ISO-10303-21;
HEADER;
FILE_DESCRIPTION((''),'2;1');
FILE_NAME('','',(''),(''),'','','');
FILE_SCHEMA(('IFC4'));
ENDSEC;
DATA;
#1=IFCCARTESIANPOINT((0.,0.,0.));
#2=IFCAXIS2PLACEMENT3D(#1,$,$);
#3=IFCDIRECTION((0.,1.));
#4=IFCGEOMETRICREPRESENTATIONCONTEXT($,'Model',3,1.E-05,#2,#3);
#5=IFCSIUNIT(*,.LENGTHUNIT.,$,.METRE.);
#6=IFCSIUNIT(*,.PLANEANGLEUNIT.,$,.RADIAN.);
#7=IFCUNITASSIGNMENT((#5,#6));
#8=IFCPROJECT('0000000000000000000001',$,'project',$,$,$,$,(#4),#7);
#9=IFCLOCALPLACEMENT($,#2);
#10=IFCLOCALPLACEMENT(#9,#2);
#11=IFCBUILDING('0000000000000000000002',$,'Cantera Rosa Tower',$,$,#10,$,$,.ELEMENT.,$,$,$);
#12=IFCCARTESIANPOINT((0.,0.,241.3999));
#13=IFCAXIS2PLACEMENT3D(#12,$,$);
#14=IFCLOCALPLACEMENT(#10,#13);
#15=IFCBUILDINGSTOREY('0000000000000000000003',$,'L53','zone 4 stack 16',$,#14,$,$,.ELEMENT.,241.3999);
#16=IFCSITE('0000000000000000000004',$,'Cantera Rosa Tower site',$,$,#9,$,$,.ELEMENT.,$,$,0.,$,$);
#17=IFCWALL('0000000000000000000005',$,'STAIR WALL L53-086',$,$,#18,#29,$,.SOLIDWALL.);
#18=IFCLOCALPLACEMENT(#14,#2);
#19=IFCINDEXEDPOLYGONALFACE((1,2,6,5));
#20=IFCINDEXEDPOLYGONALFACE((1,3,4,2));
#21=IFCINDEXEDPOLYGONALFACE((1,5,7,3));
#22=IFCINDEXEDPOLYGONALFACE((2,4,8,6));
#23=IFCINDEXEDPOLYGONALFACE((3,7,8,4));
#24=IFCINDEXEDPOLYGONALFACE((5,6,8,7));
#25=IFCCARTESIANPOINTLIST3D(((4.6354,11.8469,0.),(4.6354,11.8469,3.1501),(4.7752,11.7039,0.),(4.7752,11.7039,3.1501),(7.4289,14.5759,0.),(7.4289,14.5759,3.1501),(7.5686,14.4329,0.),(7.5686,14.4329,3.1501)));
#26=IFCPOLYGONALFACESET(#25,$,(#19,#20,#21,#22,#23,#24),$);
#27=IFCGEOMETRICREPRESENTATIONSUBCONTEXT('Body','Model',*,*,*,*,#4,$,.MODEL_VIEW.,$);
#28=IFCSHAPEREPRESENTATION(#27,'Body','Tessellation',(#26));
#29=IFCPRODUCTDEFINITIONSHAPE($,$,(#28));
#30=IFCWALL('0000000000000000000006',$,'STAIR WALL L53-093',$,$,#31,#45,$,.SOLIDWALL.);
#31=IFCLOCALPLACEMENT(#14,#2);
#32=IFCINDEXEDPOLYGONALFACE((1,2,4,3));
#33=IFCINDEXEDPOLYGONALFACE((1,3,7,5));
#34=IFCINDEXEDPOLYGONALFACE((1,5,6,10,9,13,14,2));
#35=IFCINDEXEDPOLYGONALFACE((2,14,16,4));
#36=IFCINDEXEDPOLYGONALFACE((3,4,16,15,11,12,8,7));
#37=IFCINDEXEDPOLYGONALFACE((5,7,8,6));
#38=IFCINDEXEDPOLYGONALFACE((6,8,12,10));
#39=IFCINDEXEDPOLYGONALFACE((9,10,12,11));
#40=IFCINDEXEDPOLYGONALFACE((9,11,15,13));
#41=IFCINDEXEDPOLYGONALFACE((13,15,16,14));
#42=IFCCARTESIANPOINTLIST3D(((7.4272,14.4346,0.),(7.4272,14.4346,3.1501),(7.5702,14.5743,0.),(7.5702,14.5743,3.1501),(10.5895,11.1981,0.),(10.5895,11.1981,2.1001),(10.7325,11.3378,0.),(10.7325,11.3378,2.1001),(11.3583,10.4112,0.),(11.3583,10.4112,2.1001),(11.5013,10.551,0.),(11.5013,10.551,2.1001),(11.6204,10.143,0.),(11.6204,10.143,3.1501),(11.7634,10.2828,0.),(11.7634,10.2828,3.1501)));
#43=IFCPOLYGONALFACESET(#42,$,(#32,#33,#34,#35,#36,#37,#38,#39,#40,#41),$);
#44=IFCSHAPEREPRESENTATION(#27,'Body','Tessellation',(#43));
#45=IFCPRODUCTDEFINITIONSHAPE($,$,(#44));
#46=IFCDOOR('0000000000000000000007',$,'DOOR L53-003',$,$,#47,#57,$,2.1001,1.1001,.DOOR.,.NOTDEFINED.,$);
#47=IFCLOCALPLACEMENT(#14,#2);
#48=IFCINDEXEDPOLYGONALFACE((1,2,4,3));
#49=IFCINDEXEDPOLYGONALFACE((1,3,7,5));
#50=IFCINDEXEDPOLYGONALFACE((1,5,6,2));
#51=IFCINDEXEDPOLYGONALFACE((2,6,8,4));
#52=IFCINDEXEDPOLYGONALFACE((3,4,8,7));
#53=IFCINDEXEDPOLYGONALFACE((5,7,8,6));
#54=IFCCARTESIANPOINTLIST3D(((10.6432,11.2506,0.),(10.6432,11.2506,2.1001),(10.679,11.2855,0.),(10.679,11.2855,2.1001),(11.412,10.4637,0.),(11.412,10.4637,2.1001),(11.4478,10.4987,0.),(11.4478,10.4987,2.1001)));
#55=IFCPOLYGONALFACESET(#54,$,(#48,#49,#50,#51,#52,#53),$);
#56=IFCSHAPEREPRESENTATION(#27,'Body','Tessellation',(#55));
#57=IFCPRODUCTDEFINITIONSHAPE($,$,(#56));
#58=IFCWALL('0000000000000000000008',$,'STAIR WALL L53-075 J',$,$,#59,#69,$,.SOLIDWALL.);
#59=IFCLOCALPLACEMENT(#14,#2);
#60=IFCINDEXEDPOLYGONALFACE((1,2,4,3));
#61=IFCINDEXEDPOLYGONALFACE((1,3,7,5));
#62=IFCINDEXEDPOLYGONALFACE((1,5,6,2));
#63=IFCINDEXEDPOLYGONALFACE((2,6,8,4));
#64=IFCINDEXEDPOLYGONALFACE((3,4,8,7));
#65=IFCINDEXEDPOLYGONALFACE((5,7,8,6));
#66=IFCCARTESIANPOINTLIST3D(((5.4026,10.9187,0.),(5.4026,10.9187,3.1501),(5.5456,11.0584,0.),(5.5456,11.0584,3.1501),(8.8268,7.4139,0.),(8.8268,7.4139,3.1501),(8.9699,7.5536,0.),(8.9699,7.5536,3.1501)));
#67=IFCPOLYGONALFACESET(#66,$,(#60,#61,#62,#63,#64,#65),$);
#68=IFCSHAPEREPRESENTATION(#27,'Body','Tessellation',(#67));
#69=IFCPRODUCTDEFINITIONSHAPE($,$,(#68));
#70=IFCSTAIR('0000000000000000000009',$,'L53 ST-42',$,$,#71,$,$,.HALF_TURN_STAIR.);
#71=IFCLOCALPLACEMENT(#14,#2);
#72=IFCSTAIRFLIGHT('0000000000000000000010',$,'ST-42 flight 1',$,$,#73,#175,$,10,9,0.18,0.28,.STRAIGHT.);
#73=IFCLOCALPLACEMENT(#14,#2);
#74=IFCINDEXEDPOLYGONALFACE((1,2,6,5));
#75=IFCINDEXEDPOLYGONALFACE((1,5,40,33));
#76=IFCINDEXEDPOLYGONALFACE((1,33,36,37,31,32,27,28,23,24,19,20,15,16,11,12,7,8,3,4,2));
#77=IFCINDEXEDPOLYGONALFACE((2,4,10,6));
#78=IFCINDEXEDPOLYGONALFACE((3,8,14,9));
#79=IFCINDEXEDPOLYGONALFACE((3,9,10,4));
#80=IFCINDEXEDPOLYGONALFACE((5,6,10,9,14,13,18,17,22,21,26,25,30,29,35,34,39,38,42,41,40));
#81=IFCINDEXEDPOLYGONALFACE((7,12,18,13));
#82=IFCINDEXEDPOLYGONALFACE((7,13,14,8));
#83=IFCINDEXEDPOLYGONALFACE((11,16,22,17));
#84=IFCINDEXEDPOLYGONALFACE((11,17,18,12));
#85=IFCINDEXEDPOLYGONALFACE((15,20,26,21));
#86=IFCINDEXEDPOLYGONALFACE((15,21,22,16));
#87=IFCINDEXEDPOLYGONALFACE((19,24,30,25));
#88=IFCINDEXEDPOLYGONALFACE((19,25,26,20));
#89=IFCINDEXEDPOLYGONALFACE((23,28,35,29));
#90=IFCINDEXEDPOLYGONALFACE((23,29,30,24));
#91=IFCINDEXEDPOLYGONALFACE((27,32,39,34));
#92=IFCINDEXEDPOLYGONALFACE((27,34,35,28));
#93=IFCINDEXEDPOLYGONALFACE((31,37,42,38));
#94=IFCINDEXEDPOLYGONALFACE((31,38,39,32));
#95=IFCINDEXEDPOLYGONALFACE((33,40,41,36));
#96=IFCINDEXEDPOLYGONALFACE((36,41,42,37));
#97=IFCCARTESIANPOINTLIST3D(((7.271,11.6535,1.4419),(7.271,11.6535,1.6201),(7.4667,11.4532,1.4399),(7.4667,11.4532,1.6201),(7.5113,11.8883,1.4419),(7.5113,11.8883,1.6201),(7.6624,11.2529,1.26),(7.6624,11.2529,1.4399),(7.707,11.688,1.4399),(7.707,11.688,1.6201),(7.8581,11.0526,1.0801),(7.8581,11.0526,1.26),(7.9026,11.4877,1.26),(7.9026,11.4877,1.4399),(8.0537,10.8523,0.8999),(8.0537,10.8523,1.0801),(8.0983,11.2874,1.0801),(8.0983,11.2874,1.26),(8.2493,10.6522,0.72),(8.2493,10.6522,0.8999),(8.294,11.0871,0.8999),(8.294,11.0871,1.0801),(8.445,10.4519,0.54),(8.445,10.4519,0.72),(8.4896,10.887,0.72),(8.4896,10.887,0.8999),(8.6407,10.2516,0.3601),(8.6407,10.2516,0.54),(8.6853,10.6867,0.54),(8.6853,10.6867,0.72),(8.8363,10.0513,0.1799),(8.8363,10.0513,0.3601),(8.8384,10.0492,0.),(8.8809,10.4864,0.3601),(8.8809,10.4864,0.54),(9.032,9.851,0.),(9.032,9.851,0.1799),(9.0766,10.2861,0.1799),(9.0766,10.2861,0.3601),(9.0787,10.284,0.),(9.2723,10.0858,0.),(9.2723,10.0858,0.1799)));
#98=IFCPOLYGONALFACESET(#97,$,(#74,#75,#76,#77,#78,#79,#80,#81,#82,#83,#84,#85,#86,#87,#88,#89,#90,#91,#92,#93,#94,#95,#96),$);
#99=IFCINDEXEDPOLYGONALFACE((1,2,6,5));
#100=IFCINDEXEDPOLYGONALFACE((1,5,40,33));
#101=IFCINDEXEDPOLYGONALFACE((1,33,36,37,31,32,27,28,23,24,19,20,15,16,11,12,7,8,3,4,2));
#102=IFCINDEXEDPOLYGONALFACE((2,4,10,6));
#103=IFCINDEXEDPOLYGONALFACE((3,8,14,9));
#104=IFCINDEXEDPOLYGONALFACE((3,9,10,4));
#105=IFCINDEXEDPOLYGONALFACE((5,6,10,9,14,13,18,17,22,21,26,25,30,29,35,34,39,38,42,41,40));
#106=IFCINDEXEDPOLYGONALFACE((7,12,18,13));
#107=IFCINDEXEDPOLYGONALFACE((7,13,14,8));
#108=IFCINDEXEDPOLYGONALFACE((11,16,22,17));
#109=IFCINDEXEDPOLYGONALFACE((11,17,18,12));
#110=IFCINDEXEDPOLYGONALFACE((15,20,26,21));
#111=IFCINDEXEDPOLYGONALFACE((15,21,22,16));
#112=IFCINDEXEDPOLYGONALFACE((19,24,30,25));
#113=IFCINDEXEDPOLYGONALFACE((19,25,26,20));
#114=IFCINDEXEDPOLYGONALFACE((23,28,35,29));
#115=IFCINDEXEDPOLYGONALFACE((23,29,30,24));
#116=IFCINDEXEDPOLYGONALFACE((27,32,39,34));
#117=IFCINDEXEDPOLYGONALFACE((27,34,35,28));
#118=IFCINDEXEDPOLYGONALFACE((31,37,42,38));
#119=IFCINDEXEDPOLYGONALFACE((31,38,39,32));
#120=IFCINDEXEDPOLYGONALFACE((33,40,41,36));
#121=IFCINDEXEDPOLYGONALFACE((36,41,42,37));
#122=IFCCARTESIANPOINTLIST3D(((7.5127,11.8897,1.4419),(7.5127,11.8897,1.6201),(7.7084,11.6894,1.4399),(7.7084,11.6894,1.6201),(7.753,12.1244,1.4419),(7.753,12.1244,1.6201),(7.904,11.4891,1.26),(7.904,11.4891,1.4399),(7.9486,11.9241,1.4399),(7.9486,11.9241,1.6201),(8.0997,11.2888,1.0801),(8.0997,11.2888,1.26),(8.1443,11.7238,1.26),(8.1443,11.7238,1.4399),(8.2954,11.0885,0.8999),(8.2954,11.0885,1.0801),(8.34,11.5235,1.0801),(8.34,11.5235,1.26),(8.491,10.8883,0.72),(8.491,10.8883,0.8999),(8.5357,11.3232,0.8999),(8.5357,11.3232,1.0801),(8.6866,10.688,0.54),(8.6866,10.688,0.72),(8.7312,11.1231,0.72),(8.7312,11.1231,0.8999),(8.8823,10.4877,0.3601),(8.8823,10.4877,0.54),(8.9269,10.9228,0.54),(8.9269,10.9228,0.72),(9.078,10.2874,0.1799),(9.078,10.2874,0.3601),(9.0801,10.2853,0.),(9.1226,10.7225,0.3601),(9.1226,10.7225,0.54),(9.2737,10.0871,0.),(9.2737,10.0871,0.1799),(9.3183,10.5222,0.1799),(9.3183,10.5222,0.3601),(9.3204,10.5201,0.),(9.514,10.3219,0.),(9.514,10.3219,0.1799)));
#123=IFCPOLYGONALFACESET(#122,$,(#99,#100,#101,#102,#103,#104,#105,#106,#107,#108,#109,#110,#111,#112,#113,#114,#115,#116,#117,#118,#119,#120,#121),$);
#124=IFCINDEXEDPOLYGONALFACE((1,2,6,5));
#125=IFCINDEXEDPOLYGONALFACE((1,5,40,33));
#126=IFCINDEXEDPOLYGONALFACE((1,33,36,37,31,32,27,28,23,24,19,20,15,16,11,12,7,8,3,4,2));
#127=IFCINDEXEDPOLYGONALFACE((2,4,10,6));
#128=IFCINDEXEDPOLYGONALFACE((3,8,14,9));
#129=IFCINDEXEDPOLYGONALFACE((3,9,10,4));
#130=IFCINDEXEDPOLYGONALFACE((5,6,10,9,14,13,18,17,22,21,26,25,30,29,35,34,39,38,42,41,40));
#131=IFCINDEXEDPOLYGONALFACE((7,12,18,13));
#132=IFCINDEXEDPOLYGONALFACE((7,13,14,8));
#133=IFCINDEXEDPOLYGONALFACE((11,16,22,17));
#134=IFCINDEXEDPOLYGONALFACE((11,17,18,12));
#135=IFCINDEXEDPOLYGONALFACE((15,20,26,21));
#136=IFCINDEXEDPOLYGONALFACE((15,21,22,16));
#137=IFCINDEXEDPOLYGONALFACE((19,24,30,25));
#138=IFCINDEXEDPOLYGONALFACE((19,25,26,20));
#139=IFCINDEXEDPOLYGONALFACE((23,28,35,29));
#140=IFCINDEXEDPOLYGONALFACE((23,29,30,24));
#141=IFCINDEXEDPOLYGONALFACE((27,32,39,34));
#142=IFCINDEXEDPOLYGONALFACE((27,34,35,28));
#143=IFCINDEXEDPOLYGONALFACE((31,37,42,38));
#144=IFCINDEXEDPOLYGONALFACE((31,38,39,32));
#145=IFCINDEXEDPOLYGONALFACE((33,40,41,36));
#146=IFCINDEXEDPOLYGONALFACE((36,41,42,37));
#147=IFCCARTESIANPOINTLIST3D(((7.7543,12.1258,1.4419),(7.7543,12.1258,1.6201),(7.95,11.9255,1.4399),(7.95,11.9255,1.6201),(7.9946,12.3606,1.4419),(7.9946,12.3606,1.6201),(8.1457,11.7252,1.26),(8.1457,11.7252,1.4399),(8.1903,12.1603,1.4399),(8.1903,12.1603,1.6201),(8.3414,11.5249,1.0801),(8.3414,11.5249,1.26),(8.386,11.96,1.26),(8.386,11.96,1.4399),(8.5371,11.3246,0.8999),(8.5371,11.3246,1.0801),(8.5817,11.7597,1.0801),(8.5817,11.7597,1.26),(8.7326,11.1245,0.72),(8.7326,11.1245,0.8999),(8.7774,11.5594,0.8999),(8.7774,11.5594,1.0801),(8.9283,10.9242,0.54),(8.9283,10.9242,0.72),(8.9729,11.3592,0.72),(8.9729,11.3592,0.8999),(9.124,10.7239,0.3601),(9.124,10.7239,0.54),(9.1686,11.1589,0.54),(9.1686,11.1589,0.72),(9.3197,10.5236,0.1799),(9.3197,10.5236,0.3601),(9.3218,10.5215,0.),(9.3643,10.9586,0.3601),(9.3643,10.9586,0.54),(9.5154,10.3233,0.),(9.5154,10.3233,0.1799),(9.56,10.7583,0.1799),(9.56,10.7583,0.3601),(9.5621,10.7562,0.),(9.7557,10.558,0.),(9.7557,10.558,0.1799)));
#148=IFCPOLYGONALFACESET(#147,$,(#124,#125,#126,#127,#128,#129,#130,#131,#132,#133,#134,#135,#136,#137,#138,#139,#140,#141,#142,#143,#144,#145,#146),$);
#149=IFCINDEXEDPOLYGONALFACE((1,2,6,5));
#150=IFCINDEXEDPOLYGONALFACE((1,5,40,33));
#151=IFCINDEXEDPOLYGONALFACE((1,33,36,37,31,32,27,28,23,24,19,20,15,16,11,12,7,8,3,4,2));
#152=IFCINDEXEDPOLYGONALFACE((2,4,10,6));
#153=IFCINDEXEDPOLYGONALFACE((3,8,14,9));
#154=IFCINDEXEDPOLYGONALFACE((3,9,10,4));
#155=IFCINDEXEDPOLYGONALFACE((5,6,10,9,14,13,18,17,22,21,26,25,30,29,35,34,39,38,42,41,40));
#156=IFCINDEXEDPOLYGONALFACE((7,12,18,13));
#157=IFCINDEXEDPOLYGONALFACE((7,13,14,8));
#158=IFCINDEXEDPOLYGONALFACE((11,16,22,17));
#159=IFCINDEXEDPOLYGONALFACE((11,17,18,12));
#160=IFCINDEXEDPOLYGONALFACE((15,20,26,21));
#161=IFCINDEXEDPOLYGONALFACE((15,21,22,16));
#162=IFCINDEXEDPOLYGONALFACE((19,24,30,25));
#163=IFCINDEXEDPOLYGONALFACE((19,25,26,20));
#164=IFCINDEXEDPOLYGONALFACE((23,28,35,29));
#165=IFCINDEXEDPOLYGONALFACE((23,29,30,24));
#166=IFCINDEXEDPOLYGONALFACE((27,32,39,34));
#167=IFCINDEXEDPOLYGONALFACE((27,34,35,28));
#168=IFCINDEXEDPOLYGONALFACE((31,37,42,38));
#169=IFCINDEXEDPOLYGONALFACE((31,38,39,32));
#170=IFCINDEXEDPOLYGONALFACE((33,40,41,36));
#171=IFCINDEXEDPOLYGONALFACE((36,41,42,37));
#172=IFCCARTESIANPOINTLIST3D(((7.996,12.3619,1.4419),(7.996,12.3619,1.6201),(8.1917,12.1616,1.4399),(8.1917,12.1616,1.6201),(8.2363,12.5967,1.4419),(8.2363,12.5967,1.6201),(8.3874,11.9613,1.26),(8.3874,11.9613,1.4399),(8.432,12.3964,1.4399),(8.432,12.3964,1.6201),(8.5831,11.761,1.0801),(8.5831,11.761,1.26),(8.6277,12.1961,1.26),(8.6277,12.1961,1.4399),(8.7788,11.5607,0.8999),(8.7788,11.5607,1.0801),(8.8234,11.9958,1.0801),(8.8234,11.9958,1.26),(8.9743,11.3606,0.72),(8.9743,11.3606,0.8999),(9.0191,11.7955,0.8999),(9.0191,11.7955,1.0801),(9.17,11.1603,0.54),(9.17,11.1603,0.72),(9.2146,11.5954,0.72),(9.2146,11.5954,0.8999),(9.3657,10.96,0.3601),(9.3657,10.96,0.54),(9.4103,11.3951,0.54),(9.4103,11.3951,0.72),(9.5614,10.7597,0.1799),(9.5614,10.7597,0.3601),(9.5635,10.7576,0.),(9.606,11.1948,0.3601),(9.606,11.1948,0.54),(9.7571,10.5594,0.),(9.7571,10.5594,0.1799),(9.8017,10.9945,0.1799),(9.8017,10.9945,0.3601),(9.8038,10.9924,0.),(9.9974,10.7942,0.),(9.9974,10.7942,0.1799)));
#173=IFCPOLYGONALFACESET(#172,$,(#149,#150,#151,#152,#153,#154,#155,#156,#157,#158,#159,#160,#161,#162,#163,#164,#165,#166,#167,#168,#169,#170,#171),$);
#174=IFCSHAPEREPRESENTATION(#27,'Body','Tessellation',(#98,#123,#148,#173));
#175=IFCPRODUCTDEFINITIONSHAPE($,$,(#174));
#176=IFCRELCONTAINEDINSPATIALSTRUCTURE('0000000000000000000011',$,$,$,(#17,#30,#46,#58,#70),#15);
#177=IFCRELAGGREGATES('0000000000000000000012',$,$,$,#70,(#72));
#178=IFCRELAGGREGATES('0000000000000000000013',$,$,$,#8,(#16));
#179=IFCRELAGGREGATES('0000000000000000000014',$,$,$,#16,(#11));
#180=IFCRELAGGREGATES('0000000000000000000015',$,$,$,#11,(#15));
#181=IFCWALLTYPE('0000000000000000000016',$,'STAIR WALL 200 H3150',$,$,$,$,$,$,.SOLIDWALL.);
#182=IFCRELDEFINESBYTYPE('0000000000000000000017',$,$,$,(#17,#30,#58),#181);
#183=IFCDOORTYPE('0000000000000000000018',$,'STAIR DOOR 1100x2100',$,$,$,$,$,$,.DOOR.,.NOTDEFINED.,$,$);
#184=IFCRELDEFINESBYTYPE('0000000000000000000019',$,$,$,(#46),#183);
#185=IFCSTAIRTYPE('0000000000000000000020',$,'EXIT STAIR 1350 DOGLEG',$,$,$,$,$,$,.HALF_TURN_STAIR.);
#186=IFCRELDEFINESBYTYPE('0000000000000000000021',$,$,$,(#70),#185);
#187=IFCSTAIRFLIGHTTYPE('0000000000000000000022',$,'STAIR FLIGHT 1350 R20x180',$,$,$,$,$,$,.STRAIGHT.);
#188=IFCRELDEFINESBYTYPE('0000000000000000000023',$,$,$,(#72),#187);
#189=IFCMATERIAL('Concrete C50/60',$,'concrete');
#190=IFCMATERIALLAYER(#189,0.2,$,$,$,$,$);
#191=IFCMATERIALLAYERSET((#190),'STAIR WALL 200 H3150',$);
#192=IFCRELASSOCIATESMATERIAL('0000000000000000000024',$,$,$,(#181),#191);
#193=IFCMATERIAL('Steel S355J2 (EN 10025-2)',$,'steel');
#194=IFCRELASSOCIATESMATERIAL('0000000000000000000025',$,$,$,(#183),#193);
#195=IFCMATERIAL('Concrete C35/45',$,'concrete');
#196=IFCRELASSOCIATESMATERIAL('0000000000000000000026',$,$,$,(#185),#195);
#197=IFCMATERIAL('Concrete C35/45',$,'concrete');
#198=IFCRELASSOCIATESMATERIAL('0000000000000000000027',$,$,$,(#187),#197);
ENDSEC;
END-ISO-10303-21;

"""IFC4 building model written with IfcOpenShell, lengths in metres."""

from ifc_helpers import new_model, si_unit, direction, frame, frame_2d, origin, place, context, subcontext, project, spatial, polyline, rectangle, outline, extrude, material, layer, layer_set, type_object, element, fill, aggregate, save


model = new_model("IFC4")

# Units and contexts
model_context = context("Model", 3, precision=1e-05, world=origin(), true_north=direction((0.0, 1.0)))
body_context = subcontext(model_context, "Body", "Model", "MODEL_VIEW")
ifc_project = project(units=[si_unit("LENGTHUNIT", "METRE"), si_unit("PLANEANGLEUNIT", "RADIAN")], contexts=[model_context])

# Site, building, storey
site_placement = place(None, origin())
site = spatial("IfcSite", under=ifc_project, at=site_placement, Name="Cantera Rosa Tower site", CompositionType="ELEMENT", RefElevation=0.0)
building_placement = place(site_placement, origin())
building = spatial("IfcBuilding", under=site, at=building_placement, Name="Cantera Rosa Tower", CompositionType="ELEMENT")
storey_placement = place(building_placement, frame((0.0, 0.0, 241.3999)))
storey = spatial("IfcBuildingStorey", under=building, at=storey_placement, Name="L53", Description="zone 4 stack 16", CompositionType="ELEMENT", Elevation=241.3999)

# Wall
ifc_material_1 = material(Name="Concrete C50/60", Category="concrete")
ifc_layer_1 = layer(ifc_material_1, 0.2)
ifc_layer_set_1 = layer_set([ifc_layer_1], Name="STAIR WALL 200 H3150")
wall_type_1 = type_object("IfcWallType", Name="STAIR WALL 200 H3150", PredefinedType="SOLIDWALL", material=ifc_layer_set_1)
wall_1_placement = place(storey_placement, frame((7.4988, 14.5044, 0.0), z_axis=(0.0, 0.0, 1.0), x_axis=(-0.715311, -0.698806, 0.0)))
element("IfcWall", 1, at=wall_1_placement, inside=storey, type_object=wall_type_1, Name="STAIR WALL L53-086", PredefinedType="SOLIDWALL", context=body_context, shape_type="SweptSolid", body=[
    extrude(rectangle(XDim=3.9053, YDim=0.2, at=frame_2d((1.9526, 0.0))), origin(), (0.0, 0.0, 1.0), 3.1501),
])

# Wall, opening, door
wall_2_placement = place(storey_placement, frame((11.6919, 10.2129, 0.0), z_axis=(0.0, 0.0, 1.0), x_axis=(-0.69886, 0.715258, 0.0)))
wall_2 = element("IfcWall", 2, at=wall_2_placement, inside=storey, type_object=wall_type_1, Name="STAIR WALL L53-093", PredefinedType="SOLIDWALL", context=body_context, shape_type="SweptSolid", body=[
    extrude(rectangle(XDim=6.0, YDim=0.2, at=frame_2d((3.0, 0.0))), origin(), (0.0, 0.0, 1.0), 3.1501),
])
opening_1_placement = place(wall_2_placement, frame((0.375, 0.0, 0.0)))
opening_1 = element("IfcOpeningElement", 3, at=opening_1_placement, cuts=wall_2, PredefinedType="OPENING", context=body_context, shape_type="SweptSolid", body=[
    extrude(rectangle(XDim=1.1001, YDim=2.1001, at=frame_2d((0.55, 1.05))), frame((0.0, 0.1099, 0.0), z_axis=(0.0, -1.0, 0.0), x_axis=(1.0, 0.0, 0.0)), (0.0, 0.0, 1.0), 0.22),
])
ifc_material_2 = material(Name="Steel S355J2 (EN 10025-2)", Category="steel")
door_type_1 = type_object("IfcDoorType", Name="STAIR DOOR 1100x2100", OperationType="NOTDEFINED", PredefinedType="DOOR", material=ifc_material_2)
door_1_placement = place(opening_1_placement, origin())
door_1 = element("IfcDoor", 4, at=door_1_placement, inside=storey, type_object=door_type_1, Name="DOOR L53-003", OperationType="NOTDEFINED", OverallHeight=2.1001, OverallWidth=1.1001, PredefinedType="DOOR", context=body_context, shape_type="SweptSolid", body=[
    extrude(rectangle(XDim=1.1001, YDim=2.1001, at=frame_2d((0.55, 1.05))), frame((0.0, 0.0249, 0.0), z_axis=(0.0, -1.0, 0.0), x_axis=(1.0, 0.0, 0.0)), (0.0, 0.0, 1.0), 0.05),
])
fill(opening_1, door_1)

# Wall
wall_3_placement = place(storey_placement, frame((5.4741, 10.9885, 0.0), z_axis=(0.0, 0.0, 1.0), x_axis=(0.698838, -0.71528, 0.0)))
element("IfcWall", 5, at=wall_3_placement, inside=storey, type_object=wall_type_1, Name="STAIR WALL L53-075 J", PredefinedType="SOLIDWALL", context=body_context, shape_type="SweptSolid", body=[
    extrude(rectangle(XDim=4.8999, YDim=0.2, at=frame_2d((2.45, 0.0))), origin(), (0.0, 0.0, 1.0), 3.1501),
])

# Stair, stair flight
ifc_material_3 = material(Name="Concrete C35/45", Category="concrete")
stair_type = type_object("IfcStairType", Name="EXIT STAIR 1350 DOGLEG", PredefinedType="HALF_TURN_STAIR", material=ifc_material_3)
stair_placement = place(storey_placement, origin())
stair = element("IfcStair", 6, at=stair_placement, inside=storey, type_object=stair_type, Name="L53 ST-42", PredefinedType="HALF_TURN_STAIR")
ifc_material_4 = material(Name="Concrete C35/45", Category="concrete")
stair_flight_type = type_object("IfcStairFlightType", Name="STAIR FLIGHT 1350 R20x180", PredefinedType="STRAIGHT", material=ifc_material_4)
stair_flight_1_placement = place(storey_placement, frame((9.5149, 10.3228, 0.0), z_axis=(0.0, 0.0, 1.0), x_axis=(-0.698832, 0.715286, 0.0)))
stair_flight_1 = element("IfcStairFlight", 7, at=stair_flight_1_placement, type_object=stair_flight_type, Name="ST-42 flight 1", NumberOfRisers=10, NumberOfTreads=9, PredefinedType="STRAIGHT", RiserHeight=0.18, TreadLength=0.28, context=body_context, shape_type="SweptSolid", body=[
    extrude(outline(polyline([(0.0, 0.0), (0.0, 0.1799), (0.28, 0.1799), (0.28, 0.3601), (0.5601, 0.3601), (0.5601, 0.54), (0.8401, 0.54), (0.8401, 0.72), (1.1201, 0.72), (1.1201, 0.8999), (1.3999, 0.8999), (1.3999, 1.0801), (1.6799, 1.0801), (1.6799, 1.26), (1.96, 1.26), (1.96, 1.4399), (2.24, 1.4399), (2.24, 1.6201), (2.52, 1.6201), (2.52, 1.8), (2.52, 1.4419), (0.2771, 0.0), (0.0, 0.0)])), frame((0.0, 0.675, 0.0), z_axis=(0.0, -1.0, 0.0), x_axis=(1.0, 0.0, 0.0)), (0.0, 0.0, 1.0), 0.3359),
    extrude(outline(polyline([(0.0, 0.0), (0.0, 0.1799), (0.28, 0.1799), (0.28, 0.3601), (0.5601, 0.3601), (0.5601, 0.54), (0.8401, 0.54), (0.8401, 0.72), (1.1201, 0.72), (1.1201, 0.8999), (1.3999, 0.8999), (1.3999, 1.0801), (1.6799, 1.0801), (1.6799, 1.26), (1.96, 1.26), (1.96, 1.4399), (2.24, 1.4399), (2.24, 1.6201), (2.52, 1.6201), (2.52, 1.8), (2.52, 1.4419), (0.2771, 0.0), (0.0, 0.0)])), frame((0.0, 0.3372, 0.0), z_axis=(0.0, -1.0, 0.0), x_axis=(1.0, 0.0, 0.0)), (0.0, 0.0, 1.0), 0.3359),
    extrude(outline(polyline([(0.0, 0.0), (0.0, 0.1799), (0.28, 0.1799), (0.28, 0.3601), (0.5601, 0.3601), (0.5601, 0.54), (0.8401, 0.54), (0.8401, 0.72), (1.1201, 0.72), (1.1201, 0.8999), (1.3999, 0.8999), (1.3999, 1.0801), (1.6799, 1.0801), (1.6799, 1.26), (1.96, 1.26), (1.96, 1.4399), (2.24, 1.4399), (2.24, 1.6201), (2.52, 1.6201), (2.52, 1.8), (2.52, 1.4419), (0.2771, 0.0), (0.0, 0.0)])), frame((0.0, -0.0007, 0.0), z_axis=(0.0, -1.0, 0.0), x_axis=(1.0, 0.0, 0.0)), (0.0, 0.0, 1.0), 0.3359),
    extrude(outline(polyline([(0.0, 0.0), (0.0, 0.1799), (0.28, 0.1799), (0.28, 0.3601), (0.5601, 0.3601), (0.5601, 0.54), (0.8401, 0.54), (0.8401, 0.72), (1.1201, 0.72), (1.1201, 0.8999), (1.3999, 0.8999), (1.3999, 1.0801), (1.6799, 1.0801), (1.6799, 1.26), (1.96, 1.26), (1.96, 1.4399), (2.24, 1.4399), (2.24, 1.6201), (2.52, 1.6201), (2.52, 1.8), (2.52, 1.4419), (0.2771, 0.0), (0.0, 0.0)])), frame((0.0, -0.3386, 0.0), z_axis=(0.0, -1.0, 0.0), x_axis=(1.0, 0.0, 0.0)), (0.0, 0.0, 1.0), 0.3359),
])
aggregate(stair, [stair_flight_1])

save(model, "model.ifc")
